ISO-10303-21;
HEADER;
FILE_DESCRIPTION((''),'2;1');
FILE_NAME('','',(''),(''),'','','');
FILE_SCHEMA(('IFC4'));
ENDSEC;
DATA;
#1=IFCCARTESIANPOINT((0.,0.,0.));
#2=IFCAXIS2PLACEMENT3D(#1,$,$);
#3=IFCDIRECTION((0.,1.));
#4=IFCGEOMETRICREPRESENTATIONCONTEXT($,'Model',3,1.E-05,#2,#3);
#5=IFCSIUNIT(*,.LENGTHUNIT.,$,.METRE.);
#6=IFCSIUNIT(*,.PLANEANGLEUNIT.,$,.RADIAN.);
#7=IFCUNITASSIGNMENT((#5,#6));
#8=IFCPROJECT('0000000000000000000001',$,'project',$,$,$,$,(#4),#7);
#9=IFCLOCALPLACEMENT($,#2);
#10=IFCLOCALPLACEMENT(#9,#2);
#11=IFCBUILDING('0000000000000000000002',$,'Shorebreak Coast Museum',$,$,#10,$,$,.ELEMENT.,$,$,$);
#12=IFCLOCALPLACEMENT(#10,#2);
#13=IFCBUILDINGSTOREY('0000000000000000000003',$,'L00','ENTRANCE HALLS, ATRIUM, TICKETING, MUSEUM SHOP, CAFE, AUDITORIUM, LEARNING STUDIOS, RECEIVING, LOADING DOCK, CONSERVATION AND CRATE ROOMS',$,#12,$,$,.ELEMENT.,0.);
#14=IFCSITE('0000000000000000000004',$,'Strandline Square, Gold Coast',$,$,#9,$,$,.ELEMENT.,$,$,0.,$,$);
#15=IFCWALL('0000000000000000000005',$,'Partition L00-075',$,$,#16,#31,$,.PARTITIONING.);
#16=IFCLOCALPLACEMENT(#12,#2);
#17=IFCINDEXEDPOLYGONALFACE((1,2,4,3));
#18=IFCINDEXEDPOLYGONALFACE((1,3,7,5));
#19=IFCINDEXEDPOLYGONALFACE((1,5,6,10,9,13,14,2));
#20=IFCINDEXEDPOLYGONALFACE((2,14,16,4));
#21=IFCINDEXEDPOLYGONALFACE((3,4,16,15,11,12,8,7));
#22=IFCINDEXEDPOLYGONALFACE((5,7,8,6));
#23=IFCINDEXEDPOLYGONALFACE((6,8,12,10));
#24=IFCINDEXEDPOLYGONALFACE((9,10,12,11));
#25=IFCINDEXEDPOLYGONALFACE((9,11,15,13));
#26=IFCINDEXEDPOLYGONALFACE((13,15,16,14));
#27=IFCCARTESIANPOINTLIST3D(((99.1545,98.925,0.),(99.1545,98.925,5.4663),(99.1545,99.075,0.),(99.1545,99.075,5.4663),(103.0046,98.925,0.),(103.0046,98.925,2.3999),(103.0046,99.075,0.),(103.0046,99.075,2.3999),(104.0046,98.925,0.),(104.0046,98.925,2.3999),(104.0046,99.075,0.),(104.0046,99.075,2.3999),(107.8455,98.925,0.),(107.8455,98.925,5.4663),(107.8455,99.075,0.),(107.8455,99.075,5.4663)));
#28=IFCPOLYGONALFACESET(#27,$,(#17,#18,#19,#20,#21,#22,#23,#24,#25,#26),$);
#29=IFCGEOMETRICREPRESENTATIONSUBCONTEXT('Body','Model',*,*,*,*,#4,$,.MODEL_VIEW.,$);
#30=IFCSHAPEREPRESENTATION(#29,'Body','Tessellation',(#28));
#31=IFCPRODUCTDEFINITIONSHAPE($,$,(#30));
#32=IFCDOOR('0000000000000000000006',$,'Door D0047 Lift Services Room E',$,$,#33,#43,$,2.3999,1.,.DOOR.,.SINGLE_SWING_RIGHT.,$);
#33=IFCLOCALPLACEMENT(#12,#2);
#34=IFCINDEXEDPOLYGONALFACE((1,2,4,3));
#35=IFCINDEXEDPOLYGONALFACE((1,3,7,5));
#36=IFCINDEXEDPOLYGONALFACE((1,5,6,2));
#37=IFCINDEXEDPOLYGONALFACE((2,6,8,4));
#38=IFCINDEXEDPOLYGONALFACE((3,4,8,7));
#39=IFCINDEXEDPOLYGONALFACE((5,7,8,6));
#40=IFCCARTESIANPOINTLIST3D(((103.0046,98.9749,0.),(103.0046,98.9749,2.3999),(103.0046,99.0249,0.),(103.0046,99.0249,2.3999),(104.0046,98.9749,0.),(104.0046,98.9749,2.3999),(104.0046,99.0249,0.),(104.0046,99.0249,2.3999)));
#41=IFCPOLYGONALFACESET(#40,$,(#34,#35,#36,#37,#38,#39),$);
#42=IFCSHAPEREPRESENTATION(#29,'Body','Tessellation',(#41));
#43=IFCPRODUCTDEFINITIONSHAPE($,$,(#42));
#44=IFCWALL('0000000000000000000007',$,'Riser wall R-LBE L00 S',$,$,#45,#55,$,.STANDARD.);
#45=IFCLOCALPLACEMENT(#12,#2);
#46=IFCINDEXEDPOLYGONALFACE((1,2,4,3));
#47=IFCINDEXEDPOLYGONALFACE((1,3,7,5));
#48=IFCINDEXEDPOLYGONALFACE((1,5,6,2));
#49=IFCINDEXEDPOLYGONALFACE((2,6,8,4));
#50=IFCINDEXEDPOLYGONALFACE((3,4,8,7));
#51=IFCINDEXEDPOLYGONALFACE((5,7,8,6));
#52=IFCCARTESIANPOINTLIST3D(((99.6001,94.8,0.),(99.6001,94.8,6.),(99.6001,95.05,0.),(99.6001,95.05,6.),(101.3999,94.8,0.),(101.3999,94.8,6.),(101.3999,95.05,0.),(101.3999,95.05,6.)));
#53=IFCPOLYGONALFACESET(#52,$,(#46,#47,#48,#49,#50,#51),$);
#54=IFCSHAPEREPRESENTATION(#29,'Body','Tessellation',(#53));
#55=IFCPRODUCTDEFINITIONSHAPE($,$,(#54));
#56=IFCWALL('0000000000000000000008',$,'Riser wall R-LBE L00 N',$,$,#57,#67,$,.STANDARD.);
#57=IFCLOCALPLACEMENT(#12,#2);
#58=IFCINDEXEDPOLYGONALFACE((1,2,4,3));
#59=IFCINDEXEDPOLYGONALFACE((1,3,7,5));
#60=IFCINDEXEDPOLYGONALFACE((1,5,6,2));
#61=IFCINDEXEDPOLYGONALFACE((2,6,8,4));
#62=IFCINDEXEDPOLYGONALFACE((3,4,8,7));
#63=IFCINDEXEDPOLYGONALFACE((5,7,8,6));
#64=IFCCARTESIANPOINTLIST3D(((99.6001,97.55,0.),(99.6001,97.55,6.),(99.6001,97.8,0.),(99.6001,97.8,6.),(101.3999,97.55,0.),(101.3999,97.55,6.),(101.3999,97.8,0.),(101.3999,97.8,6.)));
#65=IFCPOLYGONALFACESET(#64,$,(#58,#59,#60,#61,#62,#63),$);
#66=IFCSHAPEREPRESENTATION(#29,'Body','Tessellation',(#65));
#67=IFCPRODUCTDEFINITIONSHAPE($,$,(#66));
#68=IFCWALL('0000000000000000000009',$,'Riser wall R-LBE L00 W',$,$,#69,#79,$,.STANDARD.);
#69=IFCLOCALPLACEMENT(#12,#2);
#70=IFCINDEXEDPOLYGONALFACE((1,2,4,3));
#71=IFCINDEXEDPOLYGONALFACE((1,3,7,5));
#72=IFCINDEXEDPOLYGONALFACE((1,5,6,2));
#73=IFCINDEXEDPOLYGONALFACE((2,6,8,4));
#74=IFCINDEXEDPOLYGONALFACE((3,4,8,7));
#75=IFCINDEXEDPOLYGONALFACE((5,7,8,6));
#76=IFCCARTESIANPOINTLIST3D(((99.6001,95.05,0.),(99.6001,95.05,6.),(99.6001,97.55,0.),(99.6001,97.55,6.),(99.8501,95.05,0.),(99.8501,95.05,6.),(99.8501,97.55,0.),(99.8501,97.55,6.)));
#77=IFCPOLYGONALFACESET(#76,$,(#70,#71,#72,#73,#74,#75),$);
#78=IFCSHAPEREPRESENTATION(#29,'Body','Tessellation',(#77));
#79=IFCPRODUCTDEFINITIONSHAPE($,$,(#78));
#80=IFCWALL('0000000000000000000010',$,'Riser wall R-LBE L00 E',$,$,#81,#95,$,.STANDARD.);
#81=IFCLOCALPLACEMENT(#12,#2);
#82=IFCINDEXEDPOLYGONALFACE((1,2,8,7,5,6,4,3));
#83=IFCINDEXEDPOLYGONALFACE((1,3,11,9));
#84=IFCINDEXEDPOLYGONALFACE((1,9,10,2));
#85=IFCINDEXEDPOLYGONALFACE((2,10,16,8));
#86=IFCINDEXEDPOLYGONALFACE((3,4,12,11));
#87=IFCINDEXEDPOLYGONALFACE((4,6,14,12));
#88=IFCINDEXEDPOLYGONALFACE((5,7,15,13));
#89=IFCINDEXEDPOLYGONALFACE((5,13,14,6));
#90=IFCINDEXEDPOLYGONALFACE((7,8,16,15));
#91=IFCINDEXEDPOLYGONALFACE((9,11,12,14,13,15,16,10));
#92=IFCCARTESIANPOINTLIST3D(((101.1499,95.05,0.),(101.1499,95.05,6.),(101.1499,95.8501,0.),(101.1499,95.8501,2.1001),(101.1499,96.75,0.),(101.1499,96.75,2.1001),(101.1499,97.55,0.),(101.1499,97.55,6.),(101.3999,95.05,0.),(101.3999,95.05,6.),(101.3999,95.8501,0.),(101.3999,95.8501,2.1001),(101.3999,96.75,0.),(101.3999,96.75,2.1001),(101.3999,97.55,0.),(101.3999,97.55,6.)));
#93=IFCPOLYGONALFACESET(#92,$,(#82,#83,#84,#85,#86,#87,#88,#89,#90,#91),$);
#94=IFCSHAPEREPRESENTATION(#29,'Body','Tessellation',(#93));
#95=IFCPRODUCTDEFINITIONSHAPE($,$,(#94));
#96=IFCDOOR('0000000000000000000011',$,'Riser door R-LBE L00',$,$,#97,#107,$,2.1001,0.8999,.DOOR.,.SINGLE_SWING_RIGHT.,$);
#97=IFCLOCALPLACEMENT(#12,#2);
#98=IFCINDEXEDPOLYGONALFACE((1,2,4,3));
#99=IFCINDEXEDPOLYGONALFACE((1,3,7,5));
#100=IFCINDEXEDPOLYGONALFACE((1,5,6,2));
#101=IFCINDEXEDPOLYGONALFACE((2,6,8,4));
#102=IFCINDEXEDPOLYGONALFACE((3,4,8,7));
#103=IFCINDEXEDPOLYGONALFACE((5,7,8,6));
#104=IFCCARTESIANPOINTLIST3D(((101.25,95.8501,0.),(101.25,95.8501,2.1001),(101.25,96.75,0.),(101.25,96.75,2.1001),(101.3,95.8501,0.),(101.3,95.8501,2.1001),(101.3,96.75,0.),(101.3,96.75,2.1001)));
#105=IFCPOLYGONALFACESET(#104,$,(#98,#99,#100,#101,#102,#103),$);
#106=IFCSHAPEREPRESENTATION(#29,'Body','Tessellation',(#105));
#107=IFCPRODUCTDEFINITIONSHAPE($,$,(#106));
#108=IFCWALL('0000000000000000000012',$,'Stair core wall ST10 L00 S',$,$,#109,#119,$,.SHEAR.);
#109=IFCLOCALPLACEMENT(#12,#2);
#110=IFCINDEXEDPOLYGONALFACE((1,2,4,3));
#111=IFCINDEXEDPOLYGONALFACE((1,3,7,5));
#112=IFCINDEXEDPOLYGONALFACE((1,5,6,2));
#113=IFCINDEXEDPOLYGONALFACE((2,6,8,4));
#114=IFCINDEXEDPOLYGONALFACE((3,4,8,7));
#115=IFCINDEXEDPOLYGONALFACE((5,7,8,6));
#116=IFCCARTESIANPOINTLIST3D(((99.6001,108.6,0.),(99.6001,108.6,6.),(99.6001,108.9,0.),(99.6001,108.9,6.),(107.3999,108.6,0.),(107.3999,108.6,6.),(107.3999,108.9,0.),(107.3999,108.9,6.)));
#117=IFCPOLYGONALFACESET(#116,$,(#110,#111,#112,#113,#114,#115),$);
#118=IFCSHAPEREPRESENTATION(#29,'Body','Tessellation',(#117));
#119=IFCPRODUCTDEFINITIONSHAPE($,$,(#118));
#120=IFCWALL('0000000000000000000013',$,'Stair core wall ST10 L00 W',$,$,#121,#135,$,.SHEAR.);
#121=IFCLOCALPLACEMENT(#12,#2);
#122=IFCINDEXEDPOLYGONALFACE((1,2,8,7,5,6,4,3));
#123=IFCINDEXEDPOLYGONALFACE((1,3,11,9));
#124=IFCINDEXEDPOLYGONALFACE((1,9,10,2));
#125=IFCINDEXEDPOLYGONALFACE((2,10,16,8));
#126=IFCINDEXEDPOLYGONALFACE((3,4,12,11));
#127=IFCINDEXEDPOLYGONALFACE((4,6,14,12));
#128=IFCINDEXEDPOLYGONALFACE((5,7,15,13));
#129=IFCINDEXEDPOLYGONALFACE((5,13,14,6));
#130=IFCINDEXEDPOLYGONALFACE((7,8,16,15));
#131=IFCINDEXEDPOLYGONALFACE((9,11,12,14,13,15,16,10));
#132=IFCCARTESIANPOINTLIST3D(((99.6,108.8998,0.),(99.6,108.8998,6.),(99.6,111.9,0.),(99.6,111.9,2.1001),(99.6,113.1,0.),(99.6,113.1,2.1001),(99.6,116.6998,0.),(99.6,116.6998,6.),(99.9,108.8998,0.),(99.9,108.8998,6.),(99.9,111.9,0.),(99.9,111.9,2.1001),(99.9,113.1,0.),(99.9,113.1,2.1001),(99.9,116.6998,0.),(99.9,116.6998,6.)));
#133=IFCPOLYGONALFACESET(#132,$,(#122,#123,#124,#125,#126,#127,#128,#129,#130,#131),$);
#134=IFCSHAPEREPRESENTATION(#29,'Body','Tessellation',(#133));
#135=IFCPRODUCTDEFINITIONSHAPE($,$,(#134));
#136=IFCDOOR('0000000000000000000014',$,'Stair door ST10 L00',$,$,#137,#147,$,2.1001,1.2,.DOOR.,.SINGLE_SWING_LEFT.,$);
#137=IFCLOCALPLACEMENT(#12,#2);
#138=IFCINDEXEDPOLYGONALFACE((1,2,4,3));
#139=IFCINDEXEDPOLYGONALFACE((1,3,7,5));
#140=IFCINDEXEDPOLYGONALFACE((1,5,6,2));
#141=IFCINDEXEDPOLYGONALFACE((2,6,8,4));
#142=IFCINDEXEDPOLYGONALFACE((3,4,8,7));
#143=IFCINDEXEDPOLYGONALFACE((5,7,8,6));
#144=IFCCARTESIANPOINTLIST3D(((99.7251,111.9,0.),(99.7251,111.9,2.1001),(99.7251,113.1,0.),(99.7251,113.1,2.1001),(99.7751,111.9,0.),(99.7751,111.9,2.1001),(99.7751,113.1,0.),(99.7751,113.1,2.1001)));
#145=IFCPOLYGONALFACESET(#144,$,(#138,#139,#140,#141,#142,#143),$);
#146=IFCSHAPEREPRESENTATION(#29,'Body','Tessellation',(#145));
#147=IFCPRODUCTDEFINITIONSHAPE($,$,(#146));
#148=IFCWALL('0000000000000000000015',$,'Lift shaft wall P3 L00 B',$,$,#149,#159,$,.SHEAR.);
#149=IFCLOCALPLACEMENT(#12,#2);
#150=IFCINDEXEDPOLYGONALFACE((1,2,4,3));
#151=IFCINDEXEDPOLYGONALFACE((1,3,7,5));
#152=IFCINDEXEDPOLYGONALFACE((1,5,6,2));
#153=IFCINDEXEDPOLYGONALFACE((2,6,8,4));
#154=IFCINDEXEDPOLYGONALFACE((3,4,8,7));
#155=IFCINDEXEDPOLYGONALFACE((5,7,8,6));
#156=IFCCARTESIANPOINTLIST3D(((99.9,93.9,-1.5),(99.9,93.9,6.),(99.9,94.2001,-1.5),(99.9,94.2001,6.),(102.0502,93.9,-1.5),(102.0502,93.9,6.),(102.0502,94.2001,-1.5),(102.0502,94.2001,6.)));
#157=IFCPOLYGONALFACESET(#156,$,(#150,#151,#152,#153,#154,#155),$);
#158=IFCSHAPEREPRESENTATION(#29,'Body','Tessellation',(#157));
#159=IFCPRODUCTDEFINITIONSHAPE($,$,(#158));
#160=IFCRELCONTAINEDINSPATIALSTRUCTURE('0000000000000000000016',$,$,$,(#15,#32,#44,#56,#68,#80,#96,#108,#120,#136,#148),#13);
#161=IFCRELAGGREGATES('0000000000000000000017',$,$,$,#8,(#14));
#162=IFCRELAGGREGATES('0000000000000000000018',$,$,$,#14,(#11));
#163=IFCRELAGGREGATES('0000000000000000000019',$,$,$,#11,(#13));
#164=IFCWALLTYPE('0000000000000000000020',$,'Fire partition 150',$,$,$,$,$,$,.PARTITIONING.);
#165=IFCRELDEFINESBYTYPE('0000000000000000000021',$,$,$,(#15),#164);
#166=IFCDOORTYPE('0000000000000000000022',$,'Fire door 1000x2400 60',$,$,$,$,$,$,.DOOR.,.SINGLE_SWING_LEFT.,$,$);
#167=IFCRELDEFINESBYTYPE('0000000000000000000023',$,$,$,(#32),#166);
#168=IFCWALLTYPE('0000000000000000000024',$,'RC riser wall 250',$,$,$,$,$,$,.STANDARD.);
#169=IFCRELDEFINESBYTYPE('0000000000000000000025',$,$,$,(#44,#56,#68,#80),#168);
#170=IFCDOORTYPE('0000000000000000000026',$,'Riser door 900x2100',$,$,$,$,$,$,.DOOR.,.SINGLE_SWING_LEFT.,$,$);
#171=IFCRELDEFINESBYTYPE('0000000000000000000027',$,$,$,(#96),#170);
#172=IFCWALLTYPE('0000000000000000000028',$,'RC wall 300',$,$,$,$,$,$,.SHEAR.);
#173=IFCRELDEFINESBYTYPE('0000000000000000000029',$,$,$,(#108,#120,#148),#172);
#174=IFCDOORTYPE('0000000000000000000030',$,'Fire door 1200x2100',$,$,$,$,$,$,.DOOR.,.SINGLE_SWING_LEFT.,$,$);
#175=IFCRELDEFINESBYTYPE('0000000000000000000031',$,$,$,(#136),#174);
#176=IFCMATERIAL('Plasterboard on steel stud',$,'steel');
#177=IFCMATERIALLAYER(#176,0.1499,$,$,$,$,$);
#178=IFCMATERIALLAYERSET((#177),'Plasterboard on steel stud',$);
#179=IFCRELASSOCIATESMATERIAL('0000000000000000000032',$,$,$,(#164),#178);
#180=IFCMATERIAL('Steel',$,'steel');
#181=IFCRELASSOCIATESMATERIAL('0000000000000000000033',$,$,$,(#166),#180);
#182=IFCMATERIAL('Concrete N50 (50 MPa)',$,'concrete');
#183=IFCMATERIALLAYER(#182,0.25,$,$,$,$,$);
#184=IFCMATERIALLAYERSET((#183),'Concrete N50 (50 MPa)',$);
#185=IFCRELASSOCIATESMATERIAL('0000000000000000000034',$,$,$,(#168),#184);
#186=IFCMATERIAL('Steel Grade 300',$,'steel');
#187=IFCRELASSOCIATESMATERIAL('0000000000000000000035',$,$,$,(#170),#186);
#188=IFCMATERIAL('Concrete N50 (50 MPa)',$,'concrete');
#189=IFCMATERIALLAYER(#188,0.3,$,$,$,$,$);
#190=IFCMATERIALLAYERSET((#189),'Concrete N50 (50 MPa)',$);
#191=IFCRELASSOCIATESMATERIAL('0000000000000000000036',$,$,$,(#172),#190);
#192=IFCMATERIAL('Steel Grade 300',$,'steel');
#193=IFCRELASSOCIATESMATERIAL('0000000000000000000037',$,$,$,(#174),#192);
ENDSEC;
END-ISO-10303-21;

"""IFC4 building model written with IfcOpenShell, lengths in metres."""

from ifc_helpers import new_model, si_unit, direction, frame, frame_2d, origin, place, context, subcontext, project, spatial, rectangle, extrude, material, layer, layer_set, type_object, element, fill, save


model = new_model("IFC4")

# Units and contexts
model_context = context("Model", 3, precision=1e-05, world=origin(), true_north=direction((0.0, 1.0)))
body_context = subcontext(model_context, "Body", "Model", "MODEL_VIEW")
ifc_project = project(units=[si_unit("LENGTHUNIT", "METRE"), si_unit("PLANEANGLEUNIT", "RADIAN")], contexts=[model_context])

# Site, building, storey
site_placement = place(None, origin())
site = spatial("IfcSite", under=ifc_project, at=site_placement, Name="Strandline Square, Gold Coast", CompositionType="ELEMENT", RefElevation=0.0)
building_placement = place(site_placement, origin())
building = spatial("IfcBuilding", under=site, at=building_placement, Name="Shorebreak Coast Museum", CompositionType="ELEMENT")
storey_placement = place(building_placement, origin())
storey = spatial("IfcBuildingStorey", under=building, at=storey_placement, Name="L00", Description="ENTRANCE HALLS, ATRIUM, TICKETING, MUSEUM SHOP, CAFE, AUDITORIUM, LEARNING STUDIOS, RECEIVING, LOADING DOCK, CONSERVATION AND CRATE ROOMS", CompositionType="ELEMENT", Elevation=0.0)

# Wall, opening, door
ifc_material_1 = material(Name="Plasterboard on steel stud", Category="steel")
ifc_layer_1 = layer(ifc_material_1, 0.1499)
ifc_layer_set_1 = layer_set([ifc_layer_1], Name="Plasterboard on steel stud")
wall_type_1 = type_object("IfcWallType", Name="Fire partition 150", PredefinedType="PARTITIONING", material=ifc_layer_set_1)
wall_1_placement = place(storey_placement, frame((99.1545, 99.0, 0.0), z_axis=(0.0, 0.0, 1.0), x_axis=(1.0, 0.0, 0.0)))
wall_1 = element("IfcWall", 1, at=wall_1_placement, inside=storey, type_object=wall_type_1, Name="Partition L00-075", PredefinedType="PARTITIONING", context=body_context, shape_type="SweptSolid", body=[
    extrude(rectangle(XDim=8.6909, YDim=0.1499, at=frame_2d((4.3455, 0.0))), origin(), (0.0, 0.0, 1.0), 5.4663),
])
opening_1_placement = place(wall_1_placement, frame((3.8501, 0.0, 0.0)))
opening_1 = element("IfcOpeningElement", 2, at=opening_1_placement, cuts=wall_1, PredefinedType="OPENING", context=body_context, shape_type="SweptSolid", body=[
    extrude(rectangle(XDim=1.0, YDim=2.3999, at=frame_2d((0.5, 1.2))), frame((0.0, 0.085, 0.0), z_axis=(0.0, -1.0, 0.0), x_axis=(1.0, 0.0, 0.0)), (0.0, 0.0, 1.0), 0.1699),
])
ifc_material_2 = material(Name="Steel", Category="steel")
door_type_1 = type_object("IfcDoorType", Name="Fire door 1000x2400 60", OperationType="SINGLE_SWING_LEFT", PredefinedType="DOOR", material=ifc_material_2)
door_1_placement = place(opening_1_placement, origin())
door_1 = element("IfcDoor", 3, at=door_1_placement, inside=storey, type_object=door_type_1, Name="Door D0047 Lift Services Room E", OperationType="SINGLE_SWING_RIGHT", OverallHeight=2.3999, OverallWidth=1.0, PredefinedType="DOOR", context=body_context, shape_type="SweptSolid", body=[
    extrude(rectangle(XDim=1.0, YDim=2.3999, at=frame_2d((0.5, 1.2))), frame((0.0, 0.0249, 0.0), z_axis=(0.0, -1.0, 0.0), x_axis=(1.0, 0.0, 0.0)), (0.0, 0.0, 1.0), 0.05),
])
fill(opening_1, door_1)

# Walls
ifc_material_3 = material(Name="Concrete N50 (50 MPa)", Category="concrete")
ifc_layer_2 = layer(ifc_material_3, 0.25)
ifc_layer_set_2 = layer_set([ifc_layer_2], Name="Concrete N50 (50 MPa)")
wall_type_2 = type_object("IfcWallType", Name="RC riser wall 250", PredefinedType="STANDARD", material=ifc_layer_set_2)
for number, where, z_axis, x_axis, name in (
    (4, (99.6001, 94.925, 0.0), (0.0, 0.0, 1.0), (1.0, 0.0, 0.0), "Riser wall R-LBE L00 S"),
    (5, (99.6001, 97.675, 0.0), (0.0, 0.0, 1.0), (1.0, 0.0, 0.0), "Riser wall R-LBE L00 N"),
):
    element("IfcWall", number, at=place(storey_placement, frame(where, z_axis=z_axis, x_axis=x_axis)), inside=storey, type_object=wall_type_2, Name=name, PredefinedType="STANDARD", context=body_context, shape_type="SweptSolid", body=[
        extrude(rectangle(XDim=1.7998, YDim=0.25, at=frame_2d((0.8999, 0.0))), origin(), (0.0, 0.0, 1.0), 6.0),
    ])
wall_2_placement = place(storey_placement, frame((99.7251, 95.05, 0.0), z_axis=(0.0, 0.0, 1.0), x_axis=(0.0, 1.0, 0.0)))
element("IfcWall", 6, at=wall_2_placement, inside=storey, type_object=wall_type_2, Name="Riser wall R-LBE L00 W", PredefinedType="STANDARD", context=body_context, shape_type="SweptSolid", body=[
    extrude(rectangle(XDim=2.5, YDim=0.25, at=frame_2d((1.25, 0.0))), origin(), (0.0, 0.0, 1.0), 6.0),
])

# Wall, opening, door
wall_3_placement = place(storey_placement, frame((101.2749, 95.05, 0.0), z_axis=(0.0, 0.0, 1.0), x_axis=(0.0, 1.0, 0.0)))
wall_3 = element("IfcWall", 7, at=wall_3_placement, inside=storey, type_object=wall_type_2, Name="Riser wall R-LBE L00 E", PredefinedType="STANDARD", context=body_context, shape_type="SweptSolid", body=[
    extrude(rectangle(XDim=2.5, YDim=0.25, at=frame_2d((1.25, 0.0))), origin(), (0.0, 0.0, 1.0), 6.0),
])
opening_2_placement = place(wall_3_placement, frame((0.8, 0.0, 0.0)))
opening_2 = element("IfcOpeningElement", 8, at=opening_2_placement, cuts=wall_3, PredefinedType="OPENING", context=body_context, shape_type="SweptSolid", body=[
    extrude(rectangle(XDim=0.8999, YDim=2.1001, at=frame_2d((0.45, 1.05))), frame((0.0, 0.135, 0.0), z_axis=(0.0, -1.0, 0.0), x_axis=(1.0, 0.0, 0.0)), (0.0, 0.0, 1.0), 0.27),
])
ifc_material_4 = material(Name="Steel Grade 300", Category="steel")
door_type_2 = type_object("IfcDoorType", Name="Riser door 900x2100", OperationType="SINGLE_SWING_LEFT", PredefinedType="DOOR", material=ifc_material_4)
door_2_placement = place(opening_2_placement, origin())
door_2 = element("IfcDoor", 9, at=door_2_placement, inside=storey, type_object=door_type_2, Name="Riser door R-LBE L00", OperationType="SINGLE_SWING_RIGHT", OverallHeight=2.1001, OverallWidth=0.8999, PredefinedType="DOOR", context=body_context, shape_type="SweptSolid", body=[
    extrude(rectangle(XDim=0.8999, YDim=2.1001, at=frame_2d((0.45, 1.05))), frame((0.0, 0.0249, 0.0), z_axis=(0.0, -1.0, 0.0), x_axis=(1.0, 0.0, 0.0)), (0.0, 0.0, 1.0), 0.05),
])
fill(opening_2, door_2)

# Wall
ifc_material_5 = material(Name="Concrete N50 (50 MPa)", Category="concrete")
ifc_layer_3 = layer(ifc_material_5, 0.3)
ifc_layer_set_3 = layer_set([ifc_layer_3], Name="Concrete N50 (50 MPa)")
wall_type_3 = type_object("IfcWallType", Name="RC wall 300", PredefinedType="SHEAR", material=ifc_layer_set_3)
wall_4_placement = place(storey_placement, frame((99.6001, 108.75, 0.0), z_axis=(0.0, 0.0, 1.0), x_axis=(1.0, 0.0, 0.0)))
element("IfcWall", 10, at=wall_4_placement, inside=storey, type_object=wall_type_3, Name="Stair core wall ST10 L00 S", PredefinedType="SHEAR", context=body_context, shape_type="SweptSolid", body=[
    extrude(rectangle(XDim=7.7998, YDim=0.3, at=frame_2d((3.8999, 0.0))), origin(), (0.0, 0.0, 1.0), 6.0),
])

# Wall, opening, door
wall_5_placement = place(storey_placement, frame((99.75, 108.8999, 0.0), z_axis=(0.0, 0.0, 1.0), x_axis=(0.0, 1.0, 0.0)))
wall_5 = element("IfcWall", 11, at=wall_5_placement, inside=storey, type_object=wall_type_3, Name="Stair core wall ST10 L00 W", PredefinedType="SHEAR", context=body_context, shape_type="SweptSolid", body=[
    extrude(rectangle(XDim=7.8, YDim=0.3, at=frame_2d((3.8999, 0.0))), origin(), (0.0, 0.0, 1.0), 6.0),
])
opening_3_placement = place(wall_5_placement, frame((3.0, 0.0, 0.0)))
opening_3 = element("IfcOpeningElement", 12, at=opening_3_placement, cuts=wall_5, PredefinedType="OPENING", context=body_context, shape_type="SweptSolid", body=[
    extrude(rectangle(XDim=1.2, YDim=2.1001, at=frame_2d((0.6001, 1.05))), frame((0.0, 0.1599, 0.0), z_axis=(0.0, -1.0, 0.0), x_axis=(1.0, 0.0, 0.0)), (0.0, 0.0, 1.0), 0.3201),
])
ifc_material_6 = material(Name="Steel Grade 300", Category="steel")
door_type_3 = type_object("IfcDoorType", Name="Fire door 1200x2100", OperationType="SINGLE_SWING_LEFT", PredefinedType="DOOR", material=ifc_material_6)
door_3_placement = place(opening_3_placement, origin())
door_3 = element("IfcDoor", 13, at=door_3_placement, inside=storey, type_object=door_type_3, Name="Stair door ST10 L00", OperationType="SINGLE_SWING_LEFT", OverallHeight=2.1001, OverallWidth=1.2, PredefinedType="DOOR", context=body_context, shape_type="SweptSolid", body=[
    extrude(rectangle(XDim=1.2, YDim=2.1001, at=frame_2d((0.6001, 1.05))), frame((0.0, 0.0249, 0.0), z_axis=(0.0, -1.0, 0.0), x_axis=(1.0, 0.0, 0.0)), (0.0, 0.0, 1.0), 0.05),
])
fill(opening_3, door_3)

# Wall
wall_6_placement = place(storey_placement, frame((99.8999, 94.05, -1.5), z_axis=(0.0, 0.0, 1.0), x_axis=(1.0, 0.0, 0.0)))
element("IfcWall", 14, at=wall_6_placement, inside=storey, type_object=wall_type_3, Name="Lift shaft wall P3 L00 B", PredefinedType="SHEAR", context=body_context, shape_type="SweptSolid", body=[
    extrude(rectangle(XDim=2.1501, YDim=0.3, at=frame_2d((1.0752, 0.0))), origin(), (0.0, 0.0, 1.0), 7.5),
])

save(model, "model.ifc")
